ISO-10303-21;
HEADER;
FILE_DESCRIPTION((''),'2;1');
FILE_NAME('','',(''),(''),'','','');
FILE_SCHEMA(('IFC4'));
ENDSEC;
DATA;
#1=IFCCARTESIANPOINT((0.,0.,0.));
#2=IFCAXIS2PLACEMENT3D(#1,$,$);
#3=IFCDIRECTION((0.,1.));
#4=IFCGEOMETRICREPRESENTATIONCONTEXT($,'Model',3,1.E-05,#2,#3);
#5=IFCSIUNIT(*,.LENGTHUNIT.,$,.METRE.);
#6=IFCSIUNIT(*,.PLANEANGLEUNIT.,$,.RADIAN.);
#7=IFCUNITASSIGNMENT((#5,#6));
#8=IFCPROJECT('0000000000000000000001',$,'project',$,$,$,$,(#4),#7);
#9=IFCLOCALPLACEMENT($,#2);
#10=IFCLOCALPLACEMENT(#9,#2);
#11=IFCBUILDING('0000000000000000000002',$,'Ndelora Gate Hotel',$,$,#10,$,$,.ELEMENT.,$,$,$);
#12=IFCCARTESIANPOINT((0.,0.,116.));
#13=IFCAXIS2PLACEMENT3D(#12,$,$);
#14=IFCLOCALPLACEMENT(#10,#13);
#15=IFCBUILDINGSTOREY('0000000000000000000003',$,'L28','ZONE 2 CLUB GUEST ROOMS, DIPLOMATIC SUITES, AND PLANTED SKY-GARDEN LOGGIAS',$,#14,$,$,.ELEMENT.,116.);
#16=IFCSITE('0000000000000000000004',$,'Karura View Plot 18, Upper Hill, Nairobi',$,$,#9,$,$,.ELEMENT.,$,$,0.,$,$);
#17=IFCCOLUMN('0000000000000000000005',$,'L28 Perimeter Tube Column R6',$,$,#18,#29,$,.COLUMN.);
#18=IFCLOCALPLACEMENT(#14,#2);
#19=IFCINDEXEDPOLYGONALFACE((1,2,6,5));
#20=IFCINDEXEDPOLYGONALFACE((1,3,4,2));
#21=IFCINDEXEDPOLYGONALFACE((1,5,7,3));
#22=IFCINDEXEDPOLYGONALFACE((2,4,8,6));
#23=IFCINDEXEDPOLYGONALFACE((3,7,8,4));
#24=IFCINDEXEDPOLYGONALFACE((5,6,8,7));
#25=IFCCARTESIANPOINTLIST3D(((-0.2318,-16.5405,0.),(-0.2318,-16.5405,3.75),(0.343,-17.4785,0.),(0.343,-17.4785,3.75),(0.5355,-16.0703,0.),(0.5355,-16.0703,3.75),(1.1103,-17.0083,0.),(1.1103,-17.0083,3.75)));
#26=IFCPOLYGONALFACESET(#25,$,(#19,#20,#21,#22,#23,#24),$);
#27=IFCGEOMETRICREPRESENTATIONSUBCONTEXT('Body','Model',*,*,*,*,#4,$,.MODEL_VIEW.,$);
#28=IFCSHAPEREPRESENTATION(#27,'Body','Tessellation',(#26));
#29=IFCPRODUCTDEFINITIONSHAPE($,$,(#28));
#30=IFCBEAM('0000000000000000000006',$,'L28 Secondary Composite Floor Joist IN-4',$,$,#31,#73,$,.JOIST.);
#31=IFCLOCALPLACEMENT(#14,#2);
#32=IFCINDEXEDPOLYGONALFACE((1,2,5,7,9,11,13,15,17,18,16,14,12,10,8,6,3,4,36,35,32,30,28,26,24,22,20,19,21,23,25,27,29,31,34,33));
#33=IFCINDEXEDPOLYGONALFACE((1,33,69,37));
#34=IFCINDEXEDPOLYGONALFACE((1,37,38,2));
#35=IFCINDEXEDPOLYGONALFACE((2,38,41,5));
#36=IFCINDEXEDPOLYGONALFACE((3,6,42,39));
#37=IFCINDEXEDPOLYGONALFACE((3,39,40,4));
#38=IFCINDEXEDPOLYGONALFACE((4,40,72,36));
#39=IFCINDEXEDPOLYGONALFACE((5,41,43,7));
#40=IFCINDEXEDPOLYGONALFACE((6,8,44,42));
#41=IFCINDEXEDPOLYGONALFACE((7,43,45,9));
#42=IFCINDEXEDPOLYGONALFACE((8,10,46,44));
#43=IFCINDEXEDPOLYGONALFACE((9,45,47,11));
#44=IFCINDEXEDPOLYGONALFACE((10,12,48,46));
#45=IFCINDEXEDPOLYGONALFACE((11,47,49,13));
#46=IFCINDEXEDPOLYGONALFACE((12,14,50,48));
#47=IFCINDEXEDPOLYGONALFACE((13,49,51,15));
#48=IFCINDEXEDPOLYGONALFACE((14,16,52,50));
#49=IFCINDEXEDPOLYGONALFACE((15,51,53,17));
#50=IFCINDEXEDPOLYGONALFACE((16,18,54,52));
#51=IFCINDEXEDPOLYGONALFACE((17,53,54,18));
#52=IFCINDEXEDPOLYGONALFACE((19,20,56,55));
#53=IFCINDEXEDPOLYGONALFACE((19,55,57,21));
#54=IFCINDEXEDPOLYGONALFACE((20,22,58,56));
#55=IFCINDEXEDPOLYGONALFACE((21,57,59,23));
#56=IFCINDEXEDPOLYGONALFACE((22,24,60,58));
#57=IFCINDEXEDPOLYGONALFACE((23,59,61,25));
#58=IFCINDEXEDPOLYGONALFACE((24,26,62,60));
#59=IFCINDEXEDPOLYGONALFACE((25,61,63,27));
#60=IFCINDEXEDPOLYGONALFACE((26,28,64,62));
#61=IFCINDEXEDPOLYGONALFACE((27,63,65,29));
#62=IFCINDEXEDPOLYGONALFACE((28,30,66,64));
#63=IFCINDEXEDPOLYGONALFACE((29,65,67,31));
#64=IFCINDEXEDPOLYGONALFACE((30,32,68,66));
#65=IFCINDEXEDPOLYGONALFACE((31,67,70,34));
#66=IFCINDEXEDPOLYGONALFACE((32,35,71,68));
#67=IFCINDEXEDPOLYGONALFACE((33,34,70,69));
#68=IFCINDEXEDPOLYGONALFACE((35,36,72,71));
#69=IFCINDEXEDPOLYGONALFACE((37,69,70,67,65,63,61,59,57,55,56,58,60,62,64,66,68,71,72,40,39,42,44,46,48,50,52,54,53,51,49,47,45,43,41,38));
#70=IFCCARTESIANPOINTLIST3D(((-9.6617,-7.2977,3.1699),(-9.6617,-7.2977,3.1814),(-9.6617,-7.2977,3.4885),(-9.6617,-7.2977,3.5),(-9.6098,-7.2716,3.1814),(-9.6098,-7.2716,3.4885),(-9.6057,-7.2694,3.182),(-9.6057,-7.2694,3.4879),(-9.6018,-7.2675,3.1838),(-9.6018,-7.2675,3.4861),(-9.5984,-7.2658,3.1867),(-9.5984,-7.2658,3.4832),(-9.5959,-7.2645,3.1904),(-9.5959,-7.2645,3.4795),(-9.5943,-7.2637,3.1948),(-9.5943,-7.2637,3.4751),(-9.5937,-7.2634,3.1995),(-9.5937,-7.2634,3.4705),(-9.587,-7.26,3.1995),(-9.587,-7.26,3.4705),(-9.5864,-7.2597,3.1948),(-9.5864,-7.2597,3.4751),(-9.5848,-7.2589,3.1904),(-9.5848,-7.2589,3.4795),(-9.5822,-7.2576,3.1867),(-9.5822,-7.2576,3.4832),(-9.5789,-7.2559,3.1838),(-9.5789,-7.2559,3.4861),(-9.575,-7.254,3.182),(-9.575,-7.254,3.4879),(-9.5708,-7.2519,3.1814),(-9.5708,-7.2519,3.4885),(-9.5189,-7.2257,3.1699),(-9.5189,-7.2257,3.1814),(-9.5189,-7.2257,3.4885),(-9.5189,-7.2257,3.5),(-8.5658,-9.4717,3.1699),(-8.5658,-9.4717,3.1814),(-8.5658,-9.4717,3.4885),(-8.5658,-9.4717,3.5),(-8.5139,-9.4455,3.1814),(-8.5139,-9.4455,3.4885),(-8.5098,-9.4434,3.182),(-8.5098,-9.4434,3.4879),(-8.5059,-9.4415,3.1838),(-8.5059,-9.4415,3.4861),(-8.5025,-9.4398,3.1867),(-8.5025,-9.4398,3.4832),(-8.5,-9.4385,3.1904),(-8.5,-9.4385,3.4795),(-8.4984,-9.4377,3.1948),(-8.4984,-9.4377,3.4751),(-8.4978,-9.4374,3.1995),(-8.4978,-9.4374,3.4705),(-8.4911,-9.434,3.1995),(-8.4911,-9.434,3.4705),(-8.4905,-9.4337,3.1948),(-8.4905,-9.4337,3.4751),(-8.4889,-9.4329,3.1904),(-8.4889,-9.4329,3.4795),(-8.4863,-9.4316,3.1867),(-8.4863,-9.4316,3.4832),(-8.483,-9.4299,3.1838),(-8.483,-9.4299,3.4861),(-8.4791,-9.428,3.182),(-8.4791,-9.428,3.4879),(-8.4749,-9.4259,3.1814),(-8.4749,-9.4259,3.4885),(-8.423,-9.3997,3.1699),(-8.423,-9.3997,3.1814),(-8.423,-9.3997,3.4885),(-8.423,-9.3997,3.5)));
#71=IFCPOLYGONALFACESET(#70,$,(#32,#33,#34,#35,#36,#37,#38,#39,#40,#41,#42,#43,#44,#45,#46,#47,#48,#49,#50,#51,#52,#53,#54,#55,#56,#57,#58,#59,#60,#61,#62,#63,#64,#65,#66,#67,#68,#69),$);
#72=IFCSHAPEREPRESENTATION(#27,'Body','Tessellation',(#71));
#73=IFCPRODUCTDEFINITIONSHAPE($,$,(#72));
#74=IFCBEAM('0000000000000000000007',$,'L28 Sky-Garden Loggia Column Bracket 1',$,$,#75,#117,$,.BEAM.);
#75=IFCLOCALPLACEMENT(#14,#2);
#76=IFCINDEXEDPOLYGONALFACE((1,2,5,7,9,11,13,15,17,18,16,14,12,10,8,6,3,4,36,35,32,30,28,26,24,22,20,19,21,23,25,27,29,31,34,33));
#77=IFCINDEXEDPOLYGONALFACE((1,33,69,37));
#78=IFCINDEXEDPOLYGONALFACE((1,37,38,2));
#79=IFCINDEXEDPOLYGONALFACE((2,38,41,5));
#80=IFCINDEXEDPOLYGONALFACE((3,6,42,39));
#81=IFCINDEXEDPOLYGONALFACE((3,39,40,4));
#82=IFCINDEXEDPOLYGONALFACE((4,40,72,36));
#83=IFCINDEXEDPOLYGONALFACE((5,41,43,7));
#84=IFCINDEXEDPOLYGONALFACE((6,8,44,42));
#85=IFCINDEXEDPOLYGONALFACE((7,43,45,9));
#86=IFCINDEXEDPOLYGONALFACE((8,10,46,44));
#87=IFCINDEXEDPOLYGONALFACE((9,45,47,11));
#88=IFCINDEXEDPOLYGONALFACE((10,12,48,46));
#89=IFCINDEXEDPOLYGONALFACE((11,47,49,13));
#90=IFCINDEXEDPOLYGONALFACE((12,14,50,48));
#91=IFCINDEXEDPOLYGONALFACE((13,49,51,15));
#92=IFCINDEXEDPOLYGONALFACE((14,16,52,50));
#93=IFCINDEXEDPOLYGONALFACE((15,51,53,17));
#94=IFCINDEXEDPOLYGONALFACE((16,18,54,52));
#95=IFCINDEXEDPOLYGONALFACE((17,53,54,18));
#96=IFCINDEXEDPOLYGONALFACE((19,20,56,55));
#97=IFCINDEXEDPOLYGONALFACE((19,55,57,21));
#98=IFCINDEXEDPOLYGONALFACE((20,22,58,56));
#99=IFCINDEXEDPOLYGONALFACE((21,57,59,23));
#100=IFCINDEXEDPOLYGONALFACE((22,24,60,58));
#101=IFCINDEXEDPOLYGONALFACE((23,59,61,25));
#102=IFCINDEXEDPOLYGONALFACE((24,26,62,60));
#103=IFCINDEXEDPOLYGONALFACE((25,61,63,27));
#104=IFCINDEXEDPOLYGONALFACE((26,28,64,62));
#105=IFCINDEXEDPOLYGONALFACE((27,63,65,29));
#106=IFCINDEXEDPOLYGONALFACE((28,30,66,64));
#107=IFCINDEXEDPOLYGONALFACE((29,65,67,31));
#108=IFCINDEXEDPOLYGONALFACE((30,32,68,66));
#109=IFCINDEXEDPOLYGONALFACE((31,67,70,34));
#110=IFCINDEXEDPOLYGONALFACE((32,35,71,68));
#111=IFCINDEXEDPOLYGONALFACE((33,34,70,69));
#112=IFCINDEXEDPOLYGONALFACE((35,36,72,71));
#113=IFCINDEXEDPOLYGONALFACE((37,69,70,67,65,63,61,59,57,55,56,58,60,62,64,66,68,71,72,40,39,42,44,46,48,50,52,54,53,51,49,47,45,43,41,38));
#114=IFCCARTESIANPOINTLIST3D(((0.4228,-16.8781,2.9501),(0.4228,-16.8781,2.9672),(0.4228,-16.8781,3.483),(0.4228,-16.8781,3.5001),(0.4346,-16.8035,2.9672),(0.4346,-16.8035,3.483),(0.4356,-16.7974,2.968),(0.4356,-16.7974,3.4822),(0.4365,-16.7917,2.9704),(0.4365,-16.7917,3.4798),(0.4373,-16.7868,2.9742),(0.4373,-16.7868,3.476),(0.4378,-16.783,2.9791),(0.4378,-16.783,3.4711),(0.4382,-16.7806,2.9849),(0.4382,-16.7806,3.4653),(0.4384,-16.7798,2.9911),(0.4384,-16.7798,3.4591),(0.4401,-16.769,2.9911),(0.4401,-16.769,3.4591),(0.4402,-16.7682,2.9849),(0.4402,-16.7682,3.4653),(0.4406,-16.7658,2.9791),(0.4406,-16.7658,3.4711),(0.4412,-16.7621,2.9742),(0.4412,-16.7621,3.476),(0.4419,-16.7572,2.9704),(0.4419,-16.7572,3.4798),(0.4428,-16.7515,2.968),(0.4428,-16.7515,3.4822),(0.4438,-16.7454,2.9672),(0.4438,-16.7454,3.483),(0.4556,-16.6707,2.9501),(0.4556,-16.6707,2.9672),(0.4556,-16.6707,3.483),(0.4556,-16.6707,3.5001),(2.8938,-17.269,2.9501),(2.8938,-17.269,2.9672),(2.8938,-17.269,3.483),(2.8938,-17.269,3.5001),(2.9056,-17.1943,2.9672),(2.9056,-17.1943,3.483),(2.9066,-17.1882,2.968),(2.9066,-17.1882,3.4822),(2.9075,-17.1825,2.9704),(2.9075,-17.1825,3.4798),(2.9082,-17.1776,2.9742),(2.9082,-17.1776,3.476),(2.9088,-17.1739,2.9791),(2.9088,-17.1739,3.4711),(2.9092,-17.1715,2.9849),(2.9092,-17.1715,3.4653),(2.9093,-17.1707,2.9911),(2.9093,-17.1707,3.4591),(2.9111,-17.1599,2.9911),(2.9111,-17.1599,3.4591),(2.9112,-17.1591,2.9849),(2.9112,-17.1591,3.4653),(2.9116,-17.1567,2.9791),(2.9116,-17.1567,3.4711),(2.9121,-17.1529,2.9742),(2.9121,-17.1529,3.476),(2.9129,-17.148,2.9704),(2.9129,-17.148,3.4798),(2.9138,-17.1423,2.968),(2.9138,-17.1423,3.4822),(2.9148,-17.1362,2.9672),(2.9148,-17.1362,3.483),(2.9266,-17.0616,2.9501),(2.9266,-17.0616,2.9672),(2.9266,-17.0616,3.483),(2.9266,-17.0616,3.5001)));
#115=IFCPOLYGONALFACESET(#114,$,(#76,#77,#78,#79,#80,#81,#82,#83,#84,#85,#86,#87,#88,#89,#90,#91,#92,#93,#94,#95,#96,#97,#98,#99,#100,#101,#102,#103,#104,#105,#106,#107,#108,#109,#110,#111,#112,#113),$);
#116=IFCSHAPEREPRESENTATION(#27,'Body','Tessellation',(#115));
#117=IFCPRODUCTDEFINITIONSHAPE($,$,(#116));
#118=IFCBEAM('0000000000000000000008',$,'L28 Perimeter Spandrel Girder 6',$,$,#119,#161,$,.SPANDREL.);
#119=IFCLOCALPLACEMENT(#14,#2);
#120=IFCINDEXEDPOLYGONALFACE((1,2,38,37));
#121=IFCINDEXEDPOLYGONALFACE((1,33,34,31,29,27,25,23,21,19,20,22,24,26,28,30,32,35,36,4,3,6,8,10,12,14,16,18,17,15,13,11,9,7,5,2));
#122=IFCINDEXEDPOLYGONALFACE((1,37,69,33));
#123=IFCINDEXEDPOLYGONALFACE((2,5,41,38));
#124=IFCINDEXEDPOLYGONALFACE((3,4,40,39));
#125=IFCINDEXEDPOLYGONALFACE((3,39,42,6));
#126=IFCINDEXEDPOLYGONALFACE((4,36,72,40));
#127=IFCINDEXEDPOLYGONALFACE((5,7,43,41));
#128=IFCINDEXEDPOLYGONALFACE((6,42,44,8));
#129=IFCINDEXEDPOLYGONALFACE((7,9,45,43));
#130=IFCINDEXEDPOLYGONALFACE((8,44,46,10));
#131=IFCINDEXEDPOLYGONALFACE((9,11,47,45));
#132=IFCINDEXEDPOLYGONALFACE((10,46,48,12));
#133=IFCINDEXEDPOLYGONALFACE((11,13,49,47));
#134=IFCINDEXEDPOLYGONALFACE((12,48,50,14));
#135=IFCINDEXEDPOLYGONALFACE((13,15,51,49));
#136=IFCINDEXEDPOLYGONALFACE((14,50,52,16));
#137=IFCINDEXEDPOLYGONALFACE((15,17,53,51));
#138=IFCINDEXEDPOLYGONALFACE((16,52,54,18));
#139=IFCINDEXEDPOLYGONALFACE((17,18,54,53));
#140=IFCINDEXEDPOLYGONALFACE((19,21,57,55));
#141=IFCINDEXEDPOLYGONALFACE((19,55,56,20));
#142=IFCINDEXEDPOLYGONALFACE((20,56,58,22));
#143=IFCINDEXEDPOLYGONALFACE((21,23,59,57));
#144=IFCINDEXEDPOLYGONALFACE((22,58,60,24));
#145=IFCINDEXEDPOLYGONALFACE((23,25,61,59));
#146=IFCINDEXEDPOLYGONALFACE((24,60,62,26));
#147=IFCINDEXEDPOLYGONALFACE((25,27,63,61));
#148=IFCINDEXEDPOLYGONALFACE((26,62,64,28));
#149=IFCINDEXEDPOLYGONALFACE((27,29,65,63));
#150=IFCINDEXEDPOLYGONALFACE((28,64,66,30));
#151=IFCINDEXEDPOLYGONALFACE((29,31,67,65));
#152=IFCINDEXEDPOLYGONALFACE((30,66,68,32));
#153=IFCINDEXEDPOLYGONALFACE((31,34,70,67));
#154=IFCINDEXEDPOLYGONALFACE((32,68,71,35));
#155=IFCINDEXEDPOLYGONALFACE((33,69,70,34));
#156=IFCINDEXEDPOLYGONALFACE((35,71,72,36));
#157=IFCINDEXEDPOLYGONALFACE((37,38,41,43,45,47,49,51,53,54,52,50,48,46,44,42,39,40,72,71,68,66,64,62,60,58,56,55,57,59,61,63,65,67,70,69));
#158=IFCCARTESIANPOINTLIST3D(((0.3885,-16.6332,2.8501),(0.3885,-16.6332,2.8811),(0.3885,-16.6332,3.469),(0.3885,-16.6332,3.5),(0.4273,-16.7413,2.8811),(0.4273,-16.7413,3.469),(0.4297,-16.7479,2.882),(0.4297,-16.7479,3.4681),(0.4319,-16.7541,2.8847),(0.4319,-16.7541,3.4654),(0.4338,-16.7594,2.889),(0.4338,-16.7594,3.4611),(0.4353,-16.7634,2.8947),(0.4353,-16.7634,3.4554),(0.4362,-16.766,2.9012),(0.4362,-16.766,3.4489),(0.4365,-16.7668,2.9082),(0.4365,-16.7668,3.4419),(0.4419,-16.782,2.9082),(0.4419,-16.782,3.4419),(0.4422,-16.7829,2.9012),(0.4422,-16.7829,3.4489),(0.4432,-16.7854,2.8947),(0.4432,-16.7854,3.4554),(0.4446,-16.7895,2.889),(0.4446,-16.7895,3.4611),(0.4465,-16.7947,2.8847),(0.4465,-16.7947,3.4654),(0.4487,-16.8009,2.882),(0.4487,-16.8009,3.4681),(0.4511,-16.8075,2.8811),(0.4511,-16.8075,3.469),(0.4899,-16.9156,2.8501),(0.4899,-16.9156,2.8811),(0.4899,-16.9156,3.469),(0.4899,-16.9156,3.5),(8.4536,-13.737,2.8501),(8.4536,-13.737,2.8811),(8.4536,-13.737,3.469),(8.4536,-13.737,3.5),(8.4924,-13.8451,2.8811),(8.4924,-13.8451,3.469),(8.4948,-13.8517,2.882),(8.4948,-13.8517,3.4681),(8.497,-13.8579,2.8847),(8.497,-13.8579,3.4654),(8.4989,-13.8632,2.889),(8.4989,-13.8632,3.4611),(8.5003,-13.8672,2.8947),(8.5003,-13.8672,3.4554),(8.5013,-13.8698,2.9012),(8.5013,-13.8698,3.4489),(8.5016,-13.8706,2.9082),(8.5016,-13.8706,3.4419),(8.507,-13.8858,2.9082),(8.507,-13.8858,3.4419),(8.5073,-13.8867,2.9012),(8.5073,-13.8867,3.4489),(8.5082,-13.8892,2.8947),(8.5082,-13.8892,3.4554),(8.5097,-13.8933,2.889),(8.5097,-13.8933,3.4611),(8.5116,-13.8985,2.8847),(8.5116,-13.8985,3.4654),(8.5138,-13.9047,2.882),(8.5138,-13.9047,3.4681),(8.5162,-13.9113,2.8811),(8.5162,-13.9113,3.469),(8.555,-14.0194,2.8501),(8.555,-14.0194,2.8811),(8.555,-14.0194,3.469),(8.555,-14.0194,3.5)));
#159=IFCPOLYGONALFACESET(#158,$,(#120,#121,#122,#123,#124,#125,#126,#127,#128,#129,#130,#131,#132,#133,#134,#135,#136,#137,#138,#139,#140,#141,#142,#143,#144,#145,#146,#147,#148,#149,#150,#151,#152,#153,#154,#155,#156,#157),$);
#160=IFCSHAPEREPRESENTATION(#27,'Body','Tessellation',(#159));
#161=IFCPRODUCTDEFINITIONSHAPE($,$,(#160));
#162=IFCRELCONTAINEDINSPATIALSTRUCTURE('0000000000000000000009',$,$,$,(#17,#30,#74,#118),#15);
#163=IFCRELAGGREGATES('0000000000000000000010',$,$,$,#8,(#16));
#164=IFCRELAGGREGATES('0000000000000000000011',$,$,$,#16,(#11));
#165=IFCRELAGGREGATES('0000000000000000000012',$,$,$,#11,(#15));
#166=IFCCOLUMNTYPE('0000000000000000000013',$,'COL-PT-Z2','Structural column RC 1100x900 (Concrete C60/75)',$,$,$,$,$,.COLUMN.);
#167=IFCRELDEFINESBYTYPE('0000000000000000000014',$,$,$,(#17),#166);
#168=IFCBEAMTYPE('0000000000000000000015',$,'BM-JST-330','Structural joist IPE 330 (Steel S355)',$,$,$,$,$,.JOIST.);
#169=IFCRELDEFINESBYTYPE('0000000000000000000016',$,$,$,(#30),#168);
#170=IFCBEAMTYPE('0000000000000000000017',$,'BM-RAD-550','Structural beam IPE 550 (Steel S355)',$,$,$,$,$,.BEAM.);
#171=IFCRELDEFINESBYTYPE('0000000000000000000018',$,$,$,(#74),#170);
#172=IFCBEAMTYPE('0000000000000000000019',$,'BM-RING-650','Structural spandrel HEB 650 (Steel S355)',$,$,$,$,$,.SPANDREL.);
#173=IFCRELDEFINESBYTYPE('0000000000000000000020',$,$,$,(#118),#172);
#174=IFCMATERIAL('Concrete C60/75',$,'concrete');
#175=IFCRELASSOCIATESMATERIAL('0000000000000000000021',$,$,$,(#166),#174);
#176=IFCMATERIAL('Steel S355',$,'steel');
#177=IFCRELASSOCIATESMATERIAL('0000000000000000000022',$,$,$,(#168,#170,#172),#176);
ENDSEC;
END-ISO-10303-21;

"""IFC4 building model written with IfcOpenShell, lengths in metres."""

from ifc_helpers import new_model, si_unit, direction, frame, origin, origin_2d, place, context, subcontext, project, spatial, rectangle, i_section, extrude, material, material_profile, profile_set, type_object, element, save


model = new_model("IFC4")

# Units and contexts
model_context = context("Model", 3, precision=1e-05, world=origin(), true_north=direction((0.0, 1.0)))
body_context = subcontext(model_context, "Body", "Model", "MODEL_VIEW")
ifc_project = project(units=[si_unit("LENGTHUNIT", "METRE"), si_unit("PLANEANGLEUNIT", "RADIAN")], contexts=[model_context])

# Site, building, storey
site_placement = place(None, origin())
site = spatial("IfcSite", under=ifc_project, at=site_placement, Name="Karura View Plot 18, Upper Hill, Nairobi", CompositionType="ELEMENT", RefElevation=0.0)
building_placement = place(site_placement, origin())
building = spatial("IfcBuilding", under=site, at=building_placement, Name="Ndelora Gate Hotel", CompositionType="ELEMENT")
storey_placement = place(building_placement, frame((0.0, 0.0, 116.0)))
storey = spatial("IfcBuildingStorey", under=building, at=storey_placement, Name="L28", Description="ZONE 2 CLUB GUEST ROOMS, DIPLOMATIC SUITES, AND PLANTED SKY-GARDEN LOGGIAS", CompositionType="ELEMENT", Elevation=116.0)

# Column
ifc_material_1 = material(Name="Concrete C60/75", Category="concrete")
ifc_material_profile_1 = material_profile(ifc_material_1, rectangle(XDim=0.8999, YDim=1.1001, at=origin_2d()), Name="RC 1100x900")
ifc_profile_set_1 = profile_set([ifc_material_profile_1], Name="Concrete C60/75")
column_type = type_object("IfcColumnType", Name="COL-PT-Z2", Description="Structural column RC 1100x900 (Concrete C60/75)", PredefinedType="COLUMN", material=ifc_profile_set_1)
column_placement = place(storey_placement, frame((0.4392, -16.7744, 0.0), z_axis=(0.0, 0.0, 1.0), x_axis=(0.85264, 0.522499, 0.0)))
element("IfcColumn", 1, at=column_placement, inside=storey, type_object=column_type, Name="L28 Perimeter Tube Column R6", PredefinedType="COLUMN", context=body_context, shape_type="SweptSolid", body=[
    extrude(rectangle(XDim=0.8999, YDim=1.1001, at=origin_2d()), origin(), (0.0, 0.0, 1.0), 3.75),
])

# Beams
ifc_material_2 = material(Name="Steel S355", Category="steel")
ifc_material_profile_2 = material_profile(ifc_material_2, i_section(OverallWidth=0.1599, OverallDepth=0.3301, WebThickness=0.0076, FlangeThickness=0.0115, FilletRadius=0.0181, at=origin_2d()), Name="IPE 330")
ifc_profile_set_2 = profile_set([ifc_material_profile_2], Name="Steel S355")
beam_type_1 = type_object("IfcBeamType", Name="BM-JST-330", Description="Structural joist IPE 330 (Steel S355)", PredefinedType="JOIST", material=ifc_profile_set_2)
beam_1_placement = place(storey_placement, frame((-9.5903, -7.2617, 3.335), z_axis=(0.450139, -0.892958, 0.0), x_axis=(0.892958, 0.450139, 0.0)))
element("IfcBeam", 2, at=beam_1_placement, inside=storey, type_object=beam_type_1, Name="L28 Secondary Composite Floor Joist IN-4", PredefinedType="JOIST", context=body_context, shape_type="SweptSolid", body=[
    extrude(i_section(OverallWidth=0.1599, OverallDepth=0.3301, WebThickness=0.0076, FlangeThickness=0.0115, FilletRadius=0.0181, at=origin_2d()), origin(), (0.0, 0.0, 1.0), 2.4346),
])
ifc_material_profile_3 = material_profile(ifc_material_2, i_section(OverallWidth=0.21, OverallDepth=0.55, WebThickness=0.011, FlangeThickness=0.0171, FilletRadius=0.0239, at=origin_2d()), Name="IPE 550")
ifc_profile_set_3 = profile_set([ifc_material_profile_3], Name="Steel S355")
beam_type_2 = type_object("IfcBeamType", Name="BM-RAD-550", Description="Structural beam IPE 550 (Steel S355)", PredefinedType="BEAM", material=ifc_profile_set_3)
beam_2_placement = place(storey_placement, frame((0.4392, -16.7744, 3.2251), z_axis=(0.987719, -0.156243, 0.0), x_axis=(0.156243, 0.987719, 0.0)))
element("IfcBeam", 3, at=beam_2_placement, inside=storey, type_object=beam_type_2, Name="L28 Sky-Garden Loggia Column Bracket 1", PredefinedType="BEAM", context=body_context, shape_type="SweptSolid", body=[
    extrude(i_section(OverallWidth=0.21, OverallDepth=0.55, WebThickness=0.011, FlangeThickness=0.0171, FilletRadius=0.0239, at=origin_2d()), origin(), (0.0, 0.0, 1.0), 2.5017),
])
ifc_material_profile_4 = material_profile(ifc_material_2, i_section(OverallWidth=0.3, OverallDepth=0.6499, WebThickness=0.0161, FlangeThickness=0.031, FilletRadius=0.0271, at=origin_2d()), Name="HEB 650")
ifc_profile_set_4 = profile_set([ifc_material_profile_4], Name="Steel S355")
beam_type_3 = type_object("IfcBeamType", Name="BM-RING-650", Description="Structural spandrel HEB 650 (Steel S355)", PredefinedType="SPANDREL", material=ifc_profile_set_4)
beam_3_placement = place(storey_placement, frame((0.4392, -16.7744, 3.175), z_axis=(0.941156, 0.337973, 0.0), x_axis=(-0.337973, 0.941156, 0.0)))
element("IfcBeam", 4, at=beam_3_placement, inside=storey, type_object=beam_type_3, Name="L28 Perimeter Spandrel Girder 6", PredefinedType="SPANDREL", context=body_context, shape_type="SweptSolid", body=[
    extrude(i_section(OverallWidth=0.3, OverallDepth=0.6499, WebThickness=0.0161, FlangeThickness=0.031, FilletRadius=0.0271, at=origin_2d()), origin(), (0.0, 0.0, 1.0), 8.5693),
])

save(model, "model.ifc")
